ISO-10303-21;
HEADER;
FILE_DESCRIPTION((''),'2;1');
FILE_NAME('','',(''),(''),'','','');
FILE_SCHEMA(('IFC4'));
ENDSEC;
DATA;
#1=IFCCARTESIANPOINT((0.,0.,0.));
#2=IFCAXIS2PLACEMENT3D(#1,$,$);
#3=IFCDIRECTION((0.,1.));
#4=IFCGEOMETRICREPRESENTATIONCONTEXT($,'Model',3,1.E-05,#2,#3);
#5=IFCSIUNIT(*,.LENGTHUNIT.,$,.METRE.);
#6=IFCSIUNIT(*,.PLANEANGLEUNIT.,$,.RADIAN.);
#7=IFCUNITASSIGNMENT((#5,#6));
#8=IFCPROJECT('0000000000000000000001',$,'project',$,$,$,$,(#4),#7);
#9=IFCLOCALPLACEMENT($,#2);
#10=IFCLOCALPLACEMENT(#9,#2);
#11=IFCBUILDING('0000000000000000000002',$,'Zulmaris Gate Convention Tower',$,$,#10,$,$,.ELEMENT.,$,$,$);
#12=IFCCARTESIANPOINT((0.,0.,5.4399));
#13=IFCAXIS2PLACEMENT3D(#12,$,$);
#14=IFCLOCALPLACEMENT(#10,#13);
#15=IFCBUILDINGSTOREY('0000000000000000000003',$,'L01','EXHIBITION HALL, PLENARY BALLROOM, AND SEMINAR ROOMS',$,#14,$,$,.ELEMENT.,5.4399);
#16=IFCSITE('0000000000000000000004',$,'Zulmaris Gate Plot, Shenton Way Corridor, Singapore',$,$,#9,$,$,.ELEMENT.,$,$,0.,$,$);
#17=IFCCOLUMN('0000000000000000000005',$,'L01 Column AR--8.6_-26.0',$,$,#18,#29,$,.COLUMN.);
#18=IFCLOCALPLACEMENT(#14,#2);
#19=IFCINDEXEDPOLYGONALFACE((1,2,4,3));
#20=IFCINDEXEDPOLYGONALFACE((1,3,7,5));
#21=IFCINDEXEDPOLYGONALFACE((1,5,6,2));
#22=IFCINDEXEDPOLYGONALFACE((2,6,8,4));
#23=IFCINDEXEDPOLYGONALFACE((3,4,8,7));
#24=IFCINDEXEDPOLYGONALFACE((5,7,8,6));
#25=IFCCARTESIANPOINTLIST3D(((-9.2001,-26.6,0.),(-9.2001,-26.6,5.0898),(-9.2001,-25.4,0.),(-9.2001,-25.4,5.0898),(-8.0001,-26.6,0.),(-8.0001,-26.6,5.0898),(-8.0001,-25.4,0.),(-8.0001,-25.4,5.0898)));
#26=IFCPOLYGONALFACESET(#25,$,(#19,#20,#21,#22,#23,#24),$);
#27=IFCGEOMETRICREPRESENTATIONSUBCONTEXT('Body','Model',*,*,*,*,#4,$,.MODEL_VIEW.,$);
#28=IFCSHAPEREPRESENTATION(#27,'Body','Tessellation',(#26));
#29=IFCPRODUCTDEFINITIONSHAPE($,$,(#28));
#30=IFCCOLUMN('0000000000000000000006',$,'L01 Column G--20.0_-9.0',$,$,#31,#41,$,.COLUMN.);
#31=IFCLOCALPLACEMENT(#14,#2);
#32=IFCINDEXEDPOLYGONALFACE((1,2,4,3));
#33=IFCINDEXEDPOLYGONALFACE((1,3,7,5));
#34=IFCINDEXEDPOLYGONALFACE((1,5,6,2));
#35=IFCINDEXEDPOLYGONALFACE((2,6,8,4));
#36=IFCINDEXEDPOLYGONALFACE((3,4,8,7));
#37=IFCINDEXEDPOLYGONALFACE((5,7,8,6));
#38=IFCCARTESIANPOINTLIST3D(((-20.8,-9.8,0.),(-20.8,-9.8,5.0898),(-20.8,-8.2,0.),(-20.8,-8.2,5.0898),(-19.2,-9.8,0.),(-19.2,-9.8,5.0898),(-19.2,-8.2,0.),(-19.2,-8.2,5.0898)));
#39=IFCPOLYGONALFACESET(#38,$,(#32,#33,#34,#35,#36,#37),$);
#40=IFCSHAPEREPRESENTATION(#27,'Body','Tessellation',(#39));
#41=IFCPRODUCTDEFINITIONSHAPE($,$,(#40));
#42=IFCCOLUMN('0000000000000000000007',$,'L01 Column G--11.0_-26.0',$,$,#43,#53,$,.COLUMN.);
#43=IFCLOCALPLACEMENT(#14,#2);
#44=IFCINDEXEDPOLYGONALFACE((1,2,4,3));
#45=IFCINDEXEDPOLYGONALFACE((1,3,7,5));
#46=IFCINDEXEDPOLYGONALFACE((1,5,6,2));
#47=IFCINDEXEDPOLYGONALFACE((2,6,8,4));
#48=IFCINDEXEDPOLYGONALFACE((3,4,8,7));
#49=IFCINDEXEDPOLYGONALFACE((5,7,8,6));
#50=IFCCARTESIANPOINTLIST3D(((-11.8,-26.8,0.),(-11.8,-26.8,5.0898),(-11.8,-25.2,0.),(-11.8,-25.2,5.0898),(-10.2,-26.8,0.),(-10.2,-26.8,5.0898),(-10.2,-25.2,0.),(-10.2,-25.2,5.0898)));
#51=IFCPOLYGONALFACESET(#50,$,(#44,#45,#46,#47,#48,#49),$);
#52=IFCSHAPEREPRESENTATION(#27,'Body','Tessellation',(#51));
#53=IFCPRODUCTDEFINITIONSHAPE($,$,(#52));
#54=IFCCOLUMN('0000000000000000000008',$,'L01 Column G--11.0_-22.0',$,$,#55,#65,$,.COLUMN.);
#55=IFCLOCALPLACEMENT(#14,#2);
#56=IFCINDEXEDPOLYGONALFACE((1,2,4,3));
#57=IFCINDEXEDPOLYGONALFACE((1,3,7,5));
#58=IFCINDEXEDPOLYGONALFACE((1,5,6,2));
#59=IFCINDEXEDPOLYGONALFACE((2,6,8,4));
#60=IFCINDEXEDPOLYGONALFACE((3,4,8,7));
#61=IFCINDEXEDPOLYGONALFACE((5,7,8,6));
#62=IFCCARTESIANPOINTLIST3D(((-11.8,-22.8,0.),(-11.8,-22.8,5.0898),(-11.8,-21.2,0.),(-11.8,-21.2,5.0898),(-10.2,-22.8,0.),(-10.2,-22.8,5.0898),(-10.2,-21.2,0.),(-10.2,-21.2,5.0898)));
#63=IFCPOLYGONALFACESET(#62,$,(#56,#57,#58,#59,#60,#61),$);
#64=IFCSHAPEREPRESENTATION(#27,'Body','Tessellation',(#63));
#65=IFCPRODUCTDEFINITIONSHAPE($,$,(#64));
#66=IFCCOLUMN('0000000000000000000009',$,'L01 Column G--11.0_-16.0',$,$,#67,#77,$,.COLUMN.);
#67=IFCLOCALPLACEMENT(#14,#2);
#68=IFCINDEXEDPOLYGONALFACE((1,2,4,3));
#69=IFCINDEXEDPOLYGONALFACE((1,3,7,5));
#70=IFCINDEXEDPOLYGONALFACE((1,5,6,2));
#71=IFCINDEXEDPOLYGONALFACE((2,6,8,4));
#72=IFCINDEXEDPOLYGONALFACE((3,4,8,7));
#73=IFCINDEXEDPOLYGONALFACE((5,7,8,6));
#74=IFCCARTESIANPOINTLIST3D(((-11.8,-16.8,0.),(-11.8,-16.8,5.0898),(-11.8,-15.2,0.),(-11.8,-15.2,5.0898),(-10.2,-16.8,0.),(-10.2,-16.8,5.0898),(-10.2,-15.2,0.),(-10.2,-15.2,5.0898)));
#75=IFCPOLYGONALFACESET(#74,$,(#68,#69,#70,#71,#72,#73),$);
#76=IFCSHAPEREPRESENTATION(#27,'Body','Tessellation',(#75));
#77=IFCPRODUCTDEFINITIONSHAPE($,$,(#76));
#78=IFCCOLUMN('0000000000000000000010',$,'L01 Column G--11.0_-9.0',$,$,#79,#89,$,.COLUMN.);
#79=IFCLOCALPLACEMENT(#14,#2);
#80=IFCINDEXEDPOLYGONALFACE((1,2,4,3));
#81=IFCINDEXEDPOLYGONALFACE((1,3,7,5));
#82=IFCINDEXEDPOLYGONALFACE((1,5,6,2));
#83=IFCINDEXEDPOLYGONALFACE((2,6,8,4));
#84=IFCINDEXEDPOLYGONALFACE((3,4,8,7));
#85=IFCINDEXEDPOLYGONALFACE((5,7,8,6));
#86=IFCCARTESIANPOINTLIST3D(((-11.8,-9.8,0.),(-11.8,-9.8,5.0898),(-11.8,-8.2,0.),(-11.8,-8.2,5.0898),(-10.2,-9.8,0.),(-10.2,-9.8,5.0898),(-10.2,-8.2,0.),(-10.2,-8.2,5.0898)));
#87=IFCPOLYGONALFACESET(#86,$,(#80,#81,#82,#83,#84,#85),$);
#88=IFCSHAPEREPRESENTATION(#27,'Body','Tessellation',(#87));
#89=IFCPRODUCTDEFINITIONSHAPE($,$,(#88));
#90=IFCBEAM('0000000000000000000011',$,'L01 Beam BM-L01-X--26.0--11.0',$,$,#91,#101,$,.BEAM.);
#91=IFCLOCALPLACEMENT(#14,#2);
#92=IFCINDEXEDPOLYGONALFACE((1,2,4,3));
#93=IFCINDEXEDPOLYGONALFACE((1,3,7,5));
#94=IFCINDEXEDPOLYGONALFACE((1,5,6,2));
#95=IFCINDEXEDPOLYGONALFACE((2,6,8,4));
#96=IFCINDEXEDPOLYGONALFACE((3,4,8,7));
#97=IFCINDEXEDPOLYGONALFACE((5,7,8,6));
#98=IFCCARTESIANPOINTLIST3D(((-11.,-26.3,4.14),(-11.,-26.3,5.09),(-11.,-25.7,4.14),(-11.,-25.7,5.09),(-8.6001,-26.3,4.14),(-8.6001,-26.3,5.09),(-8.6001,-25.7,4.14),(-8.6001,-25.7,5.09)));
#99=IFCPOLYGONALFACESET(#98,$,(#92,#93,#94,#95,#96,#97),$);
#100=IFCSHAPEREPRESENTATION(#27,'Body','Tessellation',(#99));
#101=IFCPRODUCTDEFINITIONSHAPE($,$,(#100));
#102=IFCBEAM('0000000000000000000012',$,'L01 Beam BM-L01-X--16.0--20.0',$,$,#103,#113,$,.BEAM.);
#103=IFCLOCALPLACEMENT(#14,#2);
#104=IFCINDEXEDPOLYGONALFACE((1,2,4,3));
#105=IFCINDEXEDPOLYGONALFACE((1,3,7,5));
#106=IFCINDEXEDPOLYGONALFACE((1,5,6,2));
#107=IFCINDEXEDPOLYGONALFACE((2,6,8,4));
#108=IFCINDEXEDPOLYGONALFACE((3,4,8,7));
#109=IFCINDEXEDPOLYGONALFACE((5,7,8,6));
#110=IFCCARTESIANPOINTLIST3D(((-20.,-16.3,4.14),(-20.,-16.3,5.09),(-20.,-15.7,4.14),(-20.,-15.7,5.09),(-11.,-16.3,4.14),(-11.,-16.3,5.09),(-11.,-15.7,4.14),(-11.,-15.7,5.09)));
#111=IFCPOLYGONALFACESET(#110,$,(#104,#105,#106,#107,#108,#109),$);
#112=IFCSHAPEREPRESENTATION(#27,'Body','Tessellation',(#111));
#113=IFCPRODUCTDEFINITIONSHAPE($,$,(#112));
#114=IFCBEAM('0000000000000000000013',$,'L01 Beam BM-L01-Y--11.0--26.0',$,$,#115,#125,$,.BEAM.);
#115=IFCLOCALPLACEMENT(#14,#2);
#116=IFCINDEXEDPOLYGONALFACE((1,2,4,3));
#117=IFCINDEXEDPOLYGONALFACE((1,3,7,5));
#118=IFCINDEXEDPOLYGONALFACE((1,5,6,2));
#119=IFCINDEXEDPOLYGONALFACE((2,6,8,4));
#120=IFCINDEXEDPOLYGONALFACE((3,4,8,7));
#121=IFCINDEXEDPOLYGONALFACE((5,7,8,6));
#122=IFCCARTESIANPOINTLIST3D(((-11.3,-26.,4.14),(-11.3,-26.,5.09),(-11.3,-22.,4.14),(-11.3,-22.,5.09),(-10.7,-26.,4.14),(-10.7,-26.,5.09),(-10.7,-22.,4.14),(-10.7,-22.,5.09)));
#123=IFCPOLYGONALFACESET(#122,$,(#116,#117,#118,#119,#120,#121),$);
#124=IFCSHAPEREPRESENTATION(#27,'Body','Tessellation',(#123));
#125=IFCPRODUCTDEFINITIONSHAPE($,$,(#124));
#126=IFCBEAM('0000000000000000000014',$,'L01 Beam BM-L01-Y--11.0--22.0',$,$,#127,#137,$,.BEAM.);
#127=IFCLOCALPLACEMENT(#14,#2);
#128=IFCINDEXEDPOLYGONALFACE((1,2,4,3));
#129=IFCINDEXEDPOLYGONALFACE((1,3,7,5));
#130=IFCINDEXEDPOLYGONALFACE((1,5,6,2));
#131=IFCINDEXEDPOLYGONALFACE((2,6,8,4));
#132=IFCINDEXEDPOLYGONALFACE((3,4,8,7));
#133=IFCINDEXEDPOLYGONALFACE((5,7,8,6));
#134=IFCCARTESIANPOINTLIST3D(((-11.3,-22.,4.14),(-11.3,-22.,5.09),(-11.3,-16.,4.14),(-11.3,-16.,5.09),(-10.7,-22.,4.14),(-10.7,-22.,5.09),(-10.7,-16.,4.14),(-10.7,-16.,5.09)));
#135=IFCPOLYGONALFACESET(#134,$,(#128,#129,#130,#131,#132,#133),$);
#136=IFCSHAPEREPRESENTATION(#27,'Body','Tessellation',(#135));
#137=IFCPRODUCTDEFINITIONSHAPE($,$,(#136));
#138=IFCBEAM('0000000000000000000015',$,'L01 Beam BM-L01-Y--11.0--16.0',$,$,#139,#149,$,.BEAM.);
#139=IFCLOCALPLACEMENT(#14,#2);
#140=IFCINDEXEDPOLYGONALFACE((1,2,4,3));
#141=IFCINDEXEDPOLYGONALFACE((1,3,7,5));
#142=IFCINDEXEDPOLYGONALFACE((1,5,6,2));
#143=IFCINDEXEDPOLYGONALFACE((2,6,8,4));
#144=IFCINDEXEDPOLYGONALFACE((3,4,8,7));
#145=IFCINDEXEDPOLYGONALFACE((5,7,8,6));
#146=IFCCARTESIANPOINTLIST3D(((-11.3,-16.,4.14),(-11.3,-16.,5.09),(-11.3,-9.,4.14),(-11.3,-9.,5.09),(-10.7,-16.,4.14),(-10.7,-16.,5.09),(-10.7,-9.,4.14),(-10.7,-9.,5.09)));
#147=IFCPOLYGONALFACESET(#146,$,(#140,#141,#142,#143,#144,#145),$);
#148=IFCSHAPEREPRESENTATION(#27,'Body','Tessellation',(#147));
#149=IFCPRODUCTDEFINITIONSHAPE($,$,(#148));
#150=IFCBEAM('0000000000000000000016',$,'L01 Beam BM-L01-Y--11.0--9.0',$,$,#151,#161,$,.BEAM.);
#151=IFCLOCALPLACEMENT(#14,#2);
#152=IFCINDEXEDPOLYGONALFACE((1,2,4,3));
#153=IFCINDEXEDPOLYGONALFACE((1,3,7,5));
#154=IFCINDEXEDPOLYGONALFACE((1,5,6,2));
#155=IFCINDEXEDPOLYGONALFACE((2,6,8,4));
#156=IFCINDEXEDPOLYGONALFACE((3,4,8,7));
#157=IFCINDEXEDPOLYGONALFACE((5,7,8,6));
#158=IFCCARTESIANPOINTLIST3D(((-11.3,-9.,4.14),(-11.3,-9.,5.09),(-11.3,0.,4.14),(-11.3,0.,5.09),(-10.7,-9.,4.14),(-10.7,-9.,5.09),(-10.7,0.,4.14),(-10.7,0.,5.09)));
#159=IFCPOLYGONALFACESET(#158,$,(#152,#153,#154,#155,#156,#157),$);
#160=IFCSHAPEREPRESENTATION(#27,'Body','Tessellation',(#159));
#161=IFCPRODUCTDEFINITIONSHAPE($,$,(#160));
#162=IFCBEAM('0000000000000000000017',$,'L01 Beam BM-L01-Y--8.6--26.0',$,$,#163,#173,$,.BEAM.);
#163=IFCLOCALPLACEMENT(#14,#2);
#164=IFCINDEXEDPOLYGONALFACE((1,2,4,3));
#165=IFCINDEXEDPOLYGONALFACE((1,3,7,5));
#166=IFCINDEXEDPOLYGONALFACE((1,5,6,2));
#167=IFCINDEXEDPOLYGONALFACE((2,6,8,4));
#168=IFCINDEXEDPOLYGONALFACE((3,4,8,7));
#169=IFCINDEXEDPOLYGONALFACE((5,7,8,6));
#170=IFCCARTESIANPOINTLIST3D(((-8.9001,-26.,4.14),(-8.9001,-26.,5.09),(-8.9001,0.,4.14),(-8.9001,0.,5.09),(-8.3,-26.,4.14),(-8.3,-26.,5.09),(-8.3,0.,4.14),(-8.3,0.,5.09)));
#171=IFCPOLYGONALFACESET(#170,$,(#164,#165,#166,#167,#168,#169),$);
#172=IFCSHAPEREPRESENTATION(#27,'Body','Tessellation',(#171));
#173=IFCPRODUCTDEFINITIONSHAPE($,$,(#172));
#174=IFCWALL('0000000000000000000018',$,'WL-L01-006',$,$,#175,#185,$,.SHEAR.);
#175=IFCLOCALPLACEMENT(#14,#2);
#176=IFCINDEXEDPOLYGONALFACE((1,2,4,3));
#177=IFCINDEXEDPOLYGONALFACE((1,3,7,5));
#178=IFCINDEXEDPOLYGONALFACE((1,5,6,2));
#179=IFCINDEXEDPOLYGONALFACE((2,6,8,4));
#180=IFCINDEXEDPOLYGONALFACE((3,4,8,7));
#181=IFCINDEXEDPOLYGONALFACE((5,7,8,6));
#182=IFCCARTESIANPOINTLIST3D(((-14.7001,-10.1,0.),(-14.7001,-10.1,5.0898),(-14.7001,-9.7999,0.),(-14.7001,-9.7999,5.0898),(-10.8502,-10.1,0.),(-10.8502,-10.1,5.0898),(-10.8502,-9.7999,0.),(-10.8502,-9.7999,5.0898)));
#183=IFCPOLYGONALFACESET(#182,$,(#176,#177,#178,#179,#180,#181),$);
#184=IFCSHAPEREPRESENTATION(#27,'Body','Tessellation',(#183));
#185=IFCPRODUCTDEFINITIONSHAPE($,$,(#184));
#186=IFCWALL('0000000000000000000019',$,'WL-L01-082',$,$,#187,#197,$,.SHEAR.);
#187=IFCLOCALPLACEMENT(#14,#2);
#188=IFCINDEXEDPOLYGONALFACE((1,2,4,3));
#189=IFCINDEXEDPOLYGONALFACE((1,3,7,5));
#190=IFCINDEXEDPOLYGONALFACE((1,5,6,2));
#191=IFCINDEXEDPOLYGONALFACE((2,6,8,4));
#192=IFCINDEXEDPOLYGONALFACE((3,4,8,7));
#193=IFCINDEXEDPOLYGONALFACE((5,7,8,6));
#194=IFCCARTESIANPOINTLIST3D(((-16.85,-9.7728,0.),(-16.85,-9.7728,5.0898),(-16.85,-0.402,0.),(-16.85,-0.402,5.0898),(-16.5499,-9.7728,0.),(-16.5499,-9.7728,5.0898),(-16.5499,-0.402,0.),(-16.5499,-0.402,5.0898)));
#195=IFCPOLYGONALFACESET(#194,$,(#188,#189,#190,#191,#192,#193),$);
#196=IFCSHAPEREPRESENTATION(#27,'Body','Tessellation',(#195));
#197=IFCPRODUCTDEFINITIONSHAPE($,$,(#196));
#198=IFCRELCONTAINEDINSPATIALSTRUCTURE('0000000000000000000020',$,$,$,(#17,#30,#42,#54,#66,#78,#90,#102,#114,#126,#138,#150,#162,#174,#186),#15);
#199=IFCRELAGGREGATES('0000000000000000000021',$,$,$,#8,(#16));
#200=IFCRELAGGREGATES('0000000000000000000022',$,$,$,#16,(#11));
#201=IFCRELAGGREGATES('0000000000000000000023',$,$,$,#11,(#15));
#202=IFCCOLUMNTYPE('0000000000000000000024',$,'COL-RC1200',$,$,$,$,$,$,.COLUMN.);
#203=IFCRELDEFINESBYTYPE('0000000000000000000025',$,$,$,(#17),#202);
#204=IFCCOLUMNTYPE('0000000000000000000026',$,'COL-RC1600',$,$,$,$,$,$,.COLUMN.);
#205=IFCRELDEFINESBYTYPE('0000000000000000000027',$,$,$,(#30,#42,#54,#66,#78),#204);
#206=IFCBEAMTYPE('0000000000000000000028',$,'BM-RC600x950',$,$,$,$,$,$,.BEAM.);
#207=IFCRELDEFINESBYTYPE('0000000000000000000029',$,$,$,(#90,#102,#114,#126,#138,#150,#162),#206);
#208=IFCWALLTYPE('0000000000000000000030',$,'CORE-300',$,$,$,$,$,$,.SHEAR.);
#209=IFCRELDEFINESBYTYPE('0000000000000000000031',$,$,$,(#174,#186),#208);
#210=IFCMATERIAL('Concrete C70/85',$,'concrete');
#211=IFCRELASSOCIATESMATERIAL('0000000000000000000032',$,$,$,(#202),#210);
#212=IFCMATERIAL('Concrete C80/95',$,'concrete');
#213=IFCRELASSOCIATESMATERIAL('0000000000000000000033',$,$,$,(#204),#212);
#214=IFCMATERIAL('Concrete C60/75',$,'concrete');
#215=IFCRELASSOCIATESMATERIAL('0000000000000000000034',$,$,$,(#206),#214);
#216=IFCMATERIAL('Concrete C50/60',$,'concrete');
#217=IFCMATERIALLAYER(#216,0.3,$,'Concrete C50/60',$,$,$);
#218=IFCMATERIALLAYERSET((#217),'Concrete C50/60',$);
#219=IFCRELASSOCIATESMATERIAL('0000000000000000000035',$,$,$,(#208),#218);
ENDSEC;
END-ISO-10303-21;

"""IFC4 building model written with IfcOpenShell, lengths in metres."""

from ifc_helpers import new_model, si_unit, direction, frame, frame_2d, origin, origin_2d, place, context, subcontext, project, spatial, rectangle, extrude, material, layer, layer_set, material_profile, profile_set, type_object, element, save


model = new_model("IFC4")

# Units and contexts
model_context = context("Model", 3, precision=1e-05, world=origin(), true_north=direction((0.0, 1.0)))
body_context = subcontext(model_context, "Body", "Model", "MODEL_VIEW")
ifc_project = project(units=[si_unit("LENGTHUNIT", "METRE"), si_unit("PLANEANGLEUNIT", "RADIAN")], contexts=[model_context])

# Site, building, storey
site_placement = place(None, origin())
site = spatial("IfcSite", under=ifc_project, at=site_placement, Name="Zulmaris Gate Plot, Shenton Way Corridor, Singapore", CompositionType="ELEMENT", RefElevation=0.0)
building_placement = place(site_placement, origin())
building = spatial("IfcBuilding", under=site, at=building_placement, Name="Zulmaris Gate Convention Tower", CompositionType="ELEMENT")
storey_placement = place(building_placement, frame((0.0, 0.0, 5.4399)))
storey = spatial("IfcBuildingStorey", under=building, at=storey_placement, Name="L01", Description="EXHIBITION HALL, PLENARY BALLROOM, AND SEMINAR ROOMS", CompositionType="ELEMENT", Elevation=5.4399)

# Columns
ifc_material_1 = material(Name="Concrete C70/85", Category="concrete")
ifc_material_profile_1 = material_profile(ifc_material_1, rectangle(XDim=1.2, YDim=1.2, at=origin_2d()), Name="RC COL 1200x1200")
ifc_profile_set_1 = profile_set([ifc_material_profile_1], Name="Concrete C70/85")
column_type_1 = type_object("IfcColumnType", Name="COL-RC1200", PredefinedType="COLUMN", material=ifc_profile_set_1)
column_placement = place(storey_placement, frame((-8.6001, -26.0, 0.0), z_axis=(0.0, 0.0, 1.0), x_axis=(1.0, 0.0, 0.0)))
element("IfcColumn", 1, at=column_placement, inside=storey, type_object=column_type_1, Name="L01 Column AR--8.6_-26.0", PredefinedType="COLUMN", context=body_context, shape_type="SweptSolid", body=[
    extrude(rectangle(XDim=1.2, YDim=1.2, at=origin_2d()), origin(), (0.0, 0.0, 1.0), 5.0898),
])
ifc_material_2 = material(Name="Concrete C80/95", Category="concrete")
ifc_material_profile_2 = material_profile(ifc_material_2, rectangle(XDim=1.6001, YDim=1.6001, at=origin_2d()), Name="RC COL 1600x1600")
ifc_profile_set_2 = profile_set([ifc_material_profile_2], Name="Concrete C80/95")
column_type_2 = type_object("IfcColumnType", Name="COL-RC1600", PredefinedType="COLUMN", material=ifc_profile_set_2)
for number, where, z_axis, x_axis, name in (
    (2, (-20.0, -9.0, 0.0), (0.0, 0.0, 1.0), (1.0, 0.0, 0.0), "L01 Column G--20.0_-9.0"),
    (3, (-11.0, -26.0, 0.0), (0.0, 0.0, 1.0), (1.0, 0.0, 0.0), "L01 Column G--11.0_-26.0"),
    (4, (-11.0, -22.0, 0.0), (0.0, 0.0, 1.0), (1.0, 0.0, 0.0), "L01 Column G--11.0_-22.0"),
    (5, (-11.0, -16.0, 0.0), (0.0, 0.0, 1.0), (1.0, 0.0, 0.0), "L01 Column G--11.0_-16.0"),
    (6, (-11.0, -9.0, 0.0), (0.0, 0.0, 1.0), (1.0, 0.0, 0.0), "L01 Column G--11.0_-9.0"),
):
    element("IfcColumn", number, at=place(storey_placement, frame(where, z_axis=z_axis, x_axis=x_axis)), inside=storey, type_object=column_type_2, Name=name, PredefinedType="COLUMN", context=body_context, shape_type="SweptSolid", body=[
        extrude(rectangle(XDim=1.6001, YDim=1.6001, at=origin_2d()), origin(), (0.0, 0.0, 1.0), 5.0898),
    ])

# Beams
ifc_material_3 = material(Name="Concrete C60/75", Category="concrete")
ifc_material_profile_3 = material_profile(ifc_material_3, rectangle(XDim=0.6001, YDim=0.95, at=origin_2d()), Name="RC BEAM 600x950")
ifc_profile_set_3 = profile_set([ifc_material_profile_3], Name="Concrete C60/75")
beam_type = type_object("IfcBeamType", Name="BM-RC600x950", PredefinedType="BEAM", material=ifc_profile_set_3)
beam_1_placement = place(storey_placement, frame((-11.0, -26.0, 4.615), z_axis=(1.0, 0.0, 0.0), x_axis=(0.0, 1.0, 0.0)))
element("IfcBeam", 7, at=beam_1_placement, inside=storey, type_object=beam_type, Name="L01 Beam BM-L01-X--26.0--11.0", PredefinedType="BEAM", context=body_context, shape_type="SweptSolid", body=[
    extrude(rectangle(XDim=0.6001, YDim=0.95, at=origin_2d()), origin(), (0.0, 0.0, 1.0), 2.3999),
])
beam_2_placement = place(storey_placement, frame((-20.0, -16.0, 4.615), z_axis=(1.0, 0.0, 0.0), x_axis=(0.0, 1.0, 0.0)))
element("IfcBeam", 8, at=beam_2_placement, inside=storey, type_object=beam_type, Name="L01 Beam BM-L01-X--16.0--20.0", PredefinedType="BEAM", context=body_context, shape_type="SweptSolid", body=[
    extrude(rectangle(XDim=0.6001, YDim=0.95, at=origin_2d()), origin(), (0.0, 0.0, 1.0), 9.0),
])
beam_3_placement = place(storey_placement, frame((-11.0, -26.0, 4.615), z_axis=(0.0, 1.0, 0.0), x_axis=(-1.0, 0.0, 0.0)))
element("IfcBeam", 9, at=beam_3_placement, inside=storey, type_object=beam_type, Name="L01 Beam BM-L01-Y--11.0--26.0", PredefinedType="BEAM", context=body_context, shape_type="SweptSolid", body=[
    extrude(rectangle(XDim=0.6001, YDim=0.95, at=origin_2d()), origin(), (0.0, 0.0, 1.0), 4.0),
])
beam_4_placement = place(storey_placement, frame((-11.0, -22.0, 4.615), z_axis=(0.0, 1.0, 0.0), x_axis=(-1.0, 0.0, 0.0)))
element("IfcBeam", 10, at=beam_4_placement, inside=storey, type_object=beam_type, Name="L01 Beam BM-L01-Y--11.0--22.0", PredefinedType="BEAM", context=body_context, shape_type="SweptSolid", body=[
    extrude(rectangle(XDim=0.6001, YDim=0.95, at=origin_2d()), origin(), (0.0, 0.0, 1.0), 6.0),
])
beam_5_placement = place(storey_placement, frame((-11.0, -16.0, 4.615), z_axis=(0.0, 1.0, 0.0), x_axis=(-1.0, 0.0, 0.0)))
element("IfcBeam", 11, at=beam_5_placement, inside=storey, type_object=beam_type, Name="L01 Beam BM-L01-Y--11.0--16.0", PredefinedType="BEAM", context=body_context, shape_type="SweptSolid", body=[
    extrude(rectangle(XDim=0.6001, YDim=0.95, at=origin_2d()), origin(), (0.0, 0.0, 1.0), 7.0),
])
beam_6_placement = place(storey_placement, frame((-11.0, -9.0, 4.615), z_axis=(0.0, 1.0, 0.0), x_axis=(-1.0, 0.0, 0.0)))
element("IfcBeam", 12, at=beam_6_placement, inside=storey, type_object=beam_type, Name="L01 Beam BM-L01-Y--11.0--9.0", PredefinedType="BEAM", context=body_context, shape_type="SweptSolid", body=[
    extrude(rectangle(XDim=0.6001, YDim=0.95, at=origin_2d()), origin(), (0.0, 0.0, 1.0), 9.0),
])
beam_7_placement = place(storey_placement, frame((-8.6001, -26.0, 4.615), z_axis=(0.0, 1.0, 0.0), x_axis=(-1.0, 0.0, 0.0)))
element("IfcBeam", 13, at=beam_7_placement, inside=storey, type_object=beam_type, Name="L01 Beam BM-L01-Y--8.6--26.0", PredefinedType="BEAM", context=body_context, shape_type="SweptSolid", body=[
    extrude(rectangle(XDim=0.6001, YDim=0.95, at=origin_2d()), origin(), (0.0, 0.0, 1.0), 26.0),
])

# Walls
ifc_material_4 = material(Name="Concrete C50/60", Category="concrete")
ifc_layer_1 = layer(ifc_material_4, 0.3, Name="Concrete C50/60")
ifc_layer_set_1 = layer_set([ifc_layer_1], Name="Concrete C50/60")
wall_type_1 = type_object("IfcWallType", Name="CORE-300", PredefinedType="SHEAR", material=ifc_layer_set_1)
wall_1_placement = place(storey_placement, frame((-14.7, -9.95, 0.0), z_axis=(0.0, 0.0, 1.0), x_axis=(1.0, 0.0, 0.0)))
element("IfcWall", 14, at=wall_1_placement, inside=storey, type_object=wall_type_1, Name="WL-L01-006", PredefinedType="SHEAR", context=body_context, shape_type="SweptSolid", body=[
    extrude(rectangle(XDim=3.8499, YDim=0.3, at=frame_2d((1.9248, 0.0))), origin(), (0.0, 0.0, 1.0), 5.0898),
])
wall_2_placement = place(storey_placement, frame((-16.7, -9.7729, 0.0), z_axis=(0.0, 0.0, 1.0), x_axis=(0.0, 1.0, 0.0)))
element("IfcWall", 15, at=wall_2_placement, inside=storey, type_object=wall_type_1, Name="WL-L01-082", PredefinedType="SHEAR", context=body_context, shape_type="SweptSolid", body=[
    extrude(rectangle(XDim=9.3708, YDim=0.3, at=frame_2d((4.6855, 0.0))), origin(), (0.0, 0.0, 1.0), 5.0898),
])

save(model, "model.ifc")
